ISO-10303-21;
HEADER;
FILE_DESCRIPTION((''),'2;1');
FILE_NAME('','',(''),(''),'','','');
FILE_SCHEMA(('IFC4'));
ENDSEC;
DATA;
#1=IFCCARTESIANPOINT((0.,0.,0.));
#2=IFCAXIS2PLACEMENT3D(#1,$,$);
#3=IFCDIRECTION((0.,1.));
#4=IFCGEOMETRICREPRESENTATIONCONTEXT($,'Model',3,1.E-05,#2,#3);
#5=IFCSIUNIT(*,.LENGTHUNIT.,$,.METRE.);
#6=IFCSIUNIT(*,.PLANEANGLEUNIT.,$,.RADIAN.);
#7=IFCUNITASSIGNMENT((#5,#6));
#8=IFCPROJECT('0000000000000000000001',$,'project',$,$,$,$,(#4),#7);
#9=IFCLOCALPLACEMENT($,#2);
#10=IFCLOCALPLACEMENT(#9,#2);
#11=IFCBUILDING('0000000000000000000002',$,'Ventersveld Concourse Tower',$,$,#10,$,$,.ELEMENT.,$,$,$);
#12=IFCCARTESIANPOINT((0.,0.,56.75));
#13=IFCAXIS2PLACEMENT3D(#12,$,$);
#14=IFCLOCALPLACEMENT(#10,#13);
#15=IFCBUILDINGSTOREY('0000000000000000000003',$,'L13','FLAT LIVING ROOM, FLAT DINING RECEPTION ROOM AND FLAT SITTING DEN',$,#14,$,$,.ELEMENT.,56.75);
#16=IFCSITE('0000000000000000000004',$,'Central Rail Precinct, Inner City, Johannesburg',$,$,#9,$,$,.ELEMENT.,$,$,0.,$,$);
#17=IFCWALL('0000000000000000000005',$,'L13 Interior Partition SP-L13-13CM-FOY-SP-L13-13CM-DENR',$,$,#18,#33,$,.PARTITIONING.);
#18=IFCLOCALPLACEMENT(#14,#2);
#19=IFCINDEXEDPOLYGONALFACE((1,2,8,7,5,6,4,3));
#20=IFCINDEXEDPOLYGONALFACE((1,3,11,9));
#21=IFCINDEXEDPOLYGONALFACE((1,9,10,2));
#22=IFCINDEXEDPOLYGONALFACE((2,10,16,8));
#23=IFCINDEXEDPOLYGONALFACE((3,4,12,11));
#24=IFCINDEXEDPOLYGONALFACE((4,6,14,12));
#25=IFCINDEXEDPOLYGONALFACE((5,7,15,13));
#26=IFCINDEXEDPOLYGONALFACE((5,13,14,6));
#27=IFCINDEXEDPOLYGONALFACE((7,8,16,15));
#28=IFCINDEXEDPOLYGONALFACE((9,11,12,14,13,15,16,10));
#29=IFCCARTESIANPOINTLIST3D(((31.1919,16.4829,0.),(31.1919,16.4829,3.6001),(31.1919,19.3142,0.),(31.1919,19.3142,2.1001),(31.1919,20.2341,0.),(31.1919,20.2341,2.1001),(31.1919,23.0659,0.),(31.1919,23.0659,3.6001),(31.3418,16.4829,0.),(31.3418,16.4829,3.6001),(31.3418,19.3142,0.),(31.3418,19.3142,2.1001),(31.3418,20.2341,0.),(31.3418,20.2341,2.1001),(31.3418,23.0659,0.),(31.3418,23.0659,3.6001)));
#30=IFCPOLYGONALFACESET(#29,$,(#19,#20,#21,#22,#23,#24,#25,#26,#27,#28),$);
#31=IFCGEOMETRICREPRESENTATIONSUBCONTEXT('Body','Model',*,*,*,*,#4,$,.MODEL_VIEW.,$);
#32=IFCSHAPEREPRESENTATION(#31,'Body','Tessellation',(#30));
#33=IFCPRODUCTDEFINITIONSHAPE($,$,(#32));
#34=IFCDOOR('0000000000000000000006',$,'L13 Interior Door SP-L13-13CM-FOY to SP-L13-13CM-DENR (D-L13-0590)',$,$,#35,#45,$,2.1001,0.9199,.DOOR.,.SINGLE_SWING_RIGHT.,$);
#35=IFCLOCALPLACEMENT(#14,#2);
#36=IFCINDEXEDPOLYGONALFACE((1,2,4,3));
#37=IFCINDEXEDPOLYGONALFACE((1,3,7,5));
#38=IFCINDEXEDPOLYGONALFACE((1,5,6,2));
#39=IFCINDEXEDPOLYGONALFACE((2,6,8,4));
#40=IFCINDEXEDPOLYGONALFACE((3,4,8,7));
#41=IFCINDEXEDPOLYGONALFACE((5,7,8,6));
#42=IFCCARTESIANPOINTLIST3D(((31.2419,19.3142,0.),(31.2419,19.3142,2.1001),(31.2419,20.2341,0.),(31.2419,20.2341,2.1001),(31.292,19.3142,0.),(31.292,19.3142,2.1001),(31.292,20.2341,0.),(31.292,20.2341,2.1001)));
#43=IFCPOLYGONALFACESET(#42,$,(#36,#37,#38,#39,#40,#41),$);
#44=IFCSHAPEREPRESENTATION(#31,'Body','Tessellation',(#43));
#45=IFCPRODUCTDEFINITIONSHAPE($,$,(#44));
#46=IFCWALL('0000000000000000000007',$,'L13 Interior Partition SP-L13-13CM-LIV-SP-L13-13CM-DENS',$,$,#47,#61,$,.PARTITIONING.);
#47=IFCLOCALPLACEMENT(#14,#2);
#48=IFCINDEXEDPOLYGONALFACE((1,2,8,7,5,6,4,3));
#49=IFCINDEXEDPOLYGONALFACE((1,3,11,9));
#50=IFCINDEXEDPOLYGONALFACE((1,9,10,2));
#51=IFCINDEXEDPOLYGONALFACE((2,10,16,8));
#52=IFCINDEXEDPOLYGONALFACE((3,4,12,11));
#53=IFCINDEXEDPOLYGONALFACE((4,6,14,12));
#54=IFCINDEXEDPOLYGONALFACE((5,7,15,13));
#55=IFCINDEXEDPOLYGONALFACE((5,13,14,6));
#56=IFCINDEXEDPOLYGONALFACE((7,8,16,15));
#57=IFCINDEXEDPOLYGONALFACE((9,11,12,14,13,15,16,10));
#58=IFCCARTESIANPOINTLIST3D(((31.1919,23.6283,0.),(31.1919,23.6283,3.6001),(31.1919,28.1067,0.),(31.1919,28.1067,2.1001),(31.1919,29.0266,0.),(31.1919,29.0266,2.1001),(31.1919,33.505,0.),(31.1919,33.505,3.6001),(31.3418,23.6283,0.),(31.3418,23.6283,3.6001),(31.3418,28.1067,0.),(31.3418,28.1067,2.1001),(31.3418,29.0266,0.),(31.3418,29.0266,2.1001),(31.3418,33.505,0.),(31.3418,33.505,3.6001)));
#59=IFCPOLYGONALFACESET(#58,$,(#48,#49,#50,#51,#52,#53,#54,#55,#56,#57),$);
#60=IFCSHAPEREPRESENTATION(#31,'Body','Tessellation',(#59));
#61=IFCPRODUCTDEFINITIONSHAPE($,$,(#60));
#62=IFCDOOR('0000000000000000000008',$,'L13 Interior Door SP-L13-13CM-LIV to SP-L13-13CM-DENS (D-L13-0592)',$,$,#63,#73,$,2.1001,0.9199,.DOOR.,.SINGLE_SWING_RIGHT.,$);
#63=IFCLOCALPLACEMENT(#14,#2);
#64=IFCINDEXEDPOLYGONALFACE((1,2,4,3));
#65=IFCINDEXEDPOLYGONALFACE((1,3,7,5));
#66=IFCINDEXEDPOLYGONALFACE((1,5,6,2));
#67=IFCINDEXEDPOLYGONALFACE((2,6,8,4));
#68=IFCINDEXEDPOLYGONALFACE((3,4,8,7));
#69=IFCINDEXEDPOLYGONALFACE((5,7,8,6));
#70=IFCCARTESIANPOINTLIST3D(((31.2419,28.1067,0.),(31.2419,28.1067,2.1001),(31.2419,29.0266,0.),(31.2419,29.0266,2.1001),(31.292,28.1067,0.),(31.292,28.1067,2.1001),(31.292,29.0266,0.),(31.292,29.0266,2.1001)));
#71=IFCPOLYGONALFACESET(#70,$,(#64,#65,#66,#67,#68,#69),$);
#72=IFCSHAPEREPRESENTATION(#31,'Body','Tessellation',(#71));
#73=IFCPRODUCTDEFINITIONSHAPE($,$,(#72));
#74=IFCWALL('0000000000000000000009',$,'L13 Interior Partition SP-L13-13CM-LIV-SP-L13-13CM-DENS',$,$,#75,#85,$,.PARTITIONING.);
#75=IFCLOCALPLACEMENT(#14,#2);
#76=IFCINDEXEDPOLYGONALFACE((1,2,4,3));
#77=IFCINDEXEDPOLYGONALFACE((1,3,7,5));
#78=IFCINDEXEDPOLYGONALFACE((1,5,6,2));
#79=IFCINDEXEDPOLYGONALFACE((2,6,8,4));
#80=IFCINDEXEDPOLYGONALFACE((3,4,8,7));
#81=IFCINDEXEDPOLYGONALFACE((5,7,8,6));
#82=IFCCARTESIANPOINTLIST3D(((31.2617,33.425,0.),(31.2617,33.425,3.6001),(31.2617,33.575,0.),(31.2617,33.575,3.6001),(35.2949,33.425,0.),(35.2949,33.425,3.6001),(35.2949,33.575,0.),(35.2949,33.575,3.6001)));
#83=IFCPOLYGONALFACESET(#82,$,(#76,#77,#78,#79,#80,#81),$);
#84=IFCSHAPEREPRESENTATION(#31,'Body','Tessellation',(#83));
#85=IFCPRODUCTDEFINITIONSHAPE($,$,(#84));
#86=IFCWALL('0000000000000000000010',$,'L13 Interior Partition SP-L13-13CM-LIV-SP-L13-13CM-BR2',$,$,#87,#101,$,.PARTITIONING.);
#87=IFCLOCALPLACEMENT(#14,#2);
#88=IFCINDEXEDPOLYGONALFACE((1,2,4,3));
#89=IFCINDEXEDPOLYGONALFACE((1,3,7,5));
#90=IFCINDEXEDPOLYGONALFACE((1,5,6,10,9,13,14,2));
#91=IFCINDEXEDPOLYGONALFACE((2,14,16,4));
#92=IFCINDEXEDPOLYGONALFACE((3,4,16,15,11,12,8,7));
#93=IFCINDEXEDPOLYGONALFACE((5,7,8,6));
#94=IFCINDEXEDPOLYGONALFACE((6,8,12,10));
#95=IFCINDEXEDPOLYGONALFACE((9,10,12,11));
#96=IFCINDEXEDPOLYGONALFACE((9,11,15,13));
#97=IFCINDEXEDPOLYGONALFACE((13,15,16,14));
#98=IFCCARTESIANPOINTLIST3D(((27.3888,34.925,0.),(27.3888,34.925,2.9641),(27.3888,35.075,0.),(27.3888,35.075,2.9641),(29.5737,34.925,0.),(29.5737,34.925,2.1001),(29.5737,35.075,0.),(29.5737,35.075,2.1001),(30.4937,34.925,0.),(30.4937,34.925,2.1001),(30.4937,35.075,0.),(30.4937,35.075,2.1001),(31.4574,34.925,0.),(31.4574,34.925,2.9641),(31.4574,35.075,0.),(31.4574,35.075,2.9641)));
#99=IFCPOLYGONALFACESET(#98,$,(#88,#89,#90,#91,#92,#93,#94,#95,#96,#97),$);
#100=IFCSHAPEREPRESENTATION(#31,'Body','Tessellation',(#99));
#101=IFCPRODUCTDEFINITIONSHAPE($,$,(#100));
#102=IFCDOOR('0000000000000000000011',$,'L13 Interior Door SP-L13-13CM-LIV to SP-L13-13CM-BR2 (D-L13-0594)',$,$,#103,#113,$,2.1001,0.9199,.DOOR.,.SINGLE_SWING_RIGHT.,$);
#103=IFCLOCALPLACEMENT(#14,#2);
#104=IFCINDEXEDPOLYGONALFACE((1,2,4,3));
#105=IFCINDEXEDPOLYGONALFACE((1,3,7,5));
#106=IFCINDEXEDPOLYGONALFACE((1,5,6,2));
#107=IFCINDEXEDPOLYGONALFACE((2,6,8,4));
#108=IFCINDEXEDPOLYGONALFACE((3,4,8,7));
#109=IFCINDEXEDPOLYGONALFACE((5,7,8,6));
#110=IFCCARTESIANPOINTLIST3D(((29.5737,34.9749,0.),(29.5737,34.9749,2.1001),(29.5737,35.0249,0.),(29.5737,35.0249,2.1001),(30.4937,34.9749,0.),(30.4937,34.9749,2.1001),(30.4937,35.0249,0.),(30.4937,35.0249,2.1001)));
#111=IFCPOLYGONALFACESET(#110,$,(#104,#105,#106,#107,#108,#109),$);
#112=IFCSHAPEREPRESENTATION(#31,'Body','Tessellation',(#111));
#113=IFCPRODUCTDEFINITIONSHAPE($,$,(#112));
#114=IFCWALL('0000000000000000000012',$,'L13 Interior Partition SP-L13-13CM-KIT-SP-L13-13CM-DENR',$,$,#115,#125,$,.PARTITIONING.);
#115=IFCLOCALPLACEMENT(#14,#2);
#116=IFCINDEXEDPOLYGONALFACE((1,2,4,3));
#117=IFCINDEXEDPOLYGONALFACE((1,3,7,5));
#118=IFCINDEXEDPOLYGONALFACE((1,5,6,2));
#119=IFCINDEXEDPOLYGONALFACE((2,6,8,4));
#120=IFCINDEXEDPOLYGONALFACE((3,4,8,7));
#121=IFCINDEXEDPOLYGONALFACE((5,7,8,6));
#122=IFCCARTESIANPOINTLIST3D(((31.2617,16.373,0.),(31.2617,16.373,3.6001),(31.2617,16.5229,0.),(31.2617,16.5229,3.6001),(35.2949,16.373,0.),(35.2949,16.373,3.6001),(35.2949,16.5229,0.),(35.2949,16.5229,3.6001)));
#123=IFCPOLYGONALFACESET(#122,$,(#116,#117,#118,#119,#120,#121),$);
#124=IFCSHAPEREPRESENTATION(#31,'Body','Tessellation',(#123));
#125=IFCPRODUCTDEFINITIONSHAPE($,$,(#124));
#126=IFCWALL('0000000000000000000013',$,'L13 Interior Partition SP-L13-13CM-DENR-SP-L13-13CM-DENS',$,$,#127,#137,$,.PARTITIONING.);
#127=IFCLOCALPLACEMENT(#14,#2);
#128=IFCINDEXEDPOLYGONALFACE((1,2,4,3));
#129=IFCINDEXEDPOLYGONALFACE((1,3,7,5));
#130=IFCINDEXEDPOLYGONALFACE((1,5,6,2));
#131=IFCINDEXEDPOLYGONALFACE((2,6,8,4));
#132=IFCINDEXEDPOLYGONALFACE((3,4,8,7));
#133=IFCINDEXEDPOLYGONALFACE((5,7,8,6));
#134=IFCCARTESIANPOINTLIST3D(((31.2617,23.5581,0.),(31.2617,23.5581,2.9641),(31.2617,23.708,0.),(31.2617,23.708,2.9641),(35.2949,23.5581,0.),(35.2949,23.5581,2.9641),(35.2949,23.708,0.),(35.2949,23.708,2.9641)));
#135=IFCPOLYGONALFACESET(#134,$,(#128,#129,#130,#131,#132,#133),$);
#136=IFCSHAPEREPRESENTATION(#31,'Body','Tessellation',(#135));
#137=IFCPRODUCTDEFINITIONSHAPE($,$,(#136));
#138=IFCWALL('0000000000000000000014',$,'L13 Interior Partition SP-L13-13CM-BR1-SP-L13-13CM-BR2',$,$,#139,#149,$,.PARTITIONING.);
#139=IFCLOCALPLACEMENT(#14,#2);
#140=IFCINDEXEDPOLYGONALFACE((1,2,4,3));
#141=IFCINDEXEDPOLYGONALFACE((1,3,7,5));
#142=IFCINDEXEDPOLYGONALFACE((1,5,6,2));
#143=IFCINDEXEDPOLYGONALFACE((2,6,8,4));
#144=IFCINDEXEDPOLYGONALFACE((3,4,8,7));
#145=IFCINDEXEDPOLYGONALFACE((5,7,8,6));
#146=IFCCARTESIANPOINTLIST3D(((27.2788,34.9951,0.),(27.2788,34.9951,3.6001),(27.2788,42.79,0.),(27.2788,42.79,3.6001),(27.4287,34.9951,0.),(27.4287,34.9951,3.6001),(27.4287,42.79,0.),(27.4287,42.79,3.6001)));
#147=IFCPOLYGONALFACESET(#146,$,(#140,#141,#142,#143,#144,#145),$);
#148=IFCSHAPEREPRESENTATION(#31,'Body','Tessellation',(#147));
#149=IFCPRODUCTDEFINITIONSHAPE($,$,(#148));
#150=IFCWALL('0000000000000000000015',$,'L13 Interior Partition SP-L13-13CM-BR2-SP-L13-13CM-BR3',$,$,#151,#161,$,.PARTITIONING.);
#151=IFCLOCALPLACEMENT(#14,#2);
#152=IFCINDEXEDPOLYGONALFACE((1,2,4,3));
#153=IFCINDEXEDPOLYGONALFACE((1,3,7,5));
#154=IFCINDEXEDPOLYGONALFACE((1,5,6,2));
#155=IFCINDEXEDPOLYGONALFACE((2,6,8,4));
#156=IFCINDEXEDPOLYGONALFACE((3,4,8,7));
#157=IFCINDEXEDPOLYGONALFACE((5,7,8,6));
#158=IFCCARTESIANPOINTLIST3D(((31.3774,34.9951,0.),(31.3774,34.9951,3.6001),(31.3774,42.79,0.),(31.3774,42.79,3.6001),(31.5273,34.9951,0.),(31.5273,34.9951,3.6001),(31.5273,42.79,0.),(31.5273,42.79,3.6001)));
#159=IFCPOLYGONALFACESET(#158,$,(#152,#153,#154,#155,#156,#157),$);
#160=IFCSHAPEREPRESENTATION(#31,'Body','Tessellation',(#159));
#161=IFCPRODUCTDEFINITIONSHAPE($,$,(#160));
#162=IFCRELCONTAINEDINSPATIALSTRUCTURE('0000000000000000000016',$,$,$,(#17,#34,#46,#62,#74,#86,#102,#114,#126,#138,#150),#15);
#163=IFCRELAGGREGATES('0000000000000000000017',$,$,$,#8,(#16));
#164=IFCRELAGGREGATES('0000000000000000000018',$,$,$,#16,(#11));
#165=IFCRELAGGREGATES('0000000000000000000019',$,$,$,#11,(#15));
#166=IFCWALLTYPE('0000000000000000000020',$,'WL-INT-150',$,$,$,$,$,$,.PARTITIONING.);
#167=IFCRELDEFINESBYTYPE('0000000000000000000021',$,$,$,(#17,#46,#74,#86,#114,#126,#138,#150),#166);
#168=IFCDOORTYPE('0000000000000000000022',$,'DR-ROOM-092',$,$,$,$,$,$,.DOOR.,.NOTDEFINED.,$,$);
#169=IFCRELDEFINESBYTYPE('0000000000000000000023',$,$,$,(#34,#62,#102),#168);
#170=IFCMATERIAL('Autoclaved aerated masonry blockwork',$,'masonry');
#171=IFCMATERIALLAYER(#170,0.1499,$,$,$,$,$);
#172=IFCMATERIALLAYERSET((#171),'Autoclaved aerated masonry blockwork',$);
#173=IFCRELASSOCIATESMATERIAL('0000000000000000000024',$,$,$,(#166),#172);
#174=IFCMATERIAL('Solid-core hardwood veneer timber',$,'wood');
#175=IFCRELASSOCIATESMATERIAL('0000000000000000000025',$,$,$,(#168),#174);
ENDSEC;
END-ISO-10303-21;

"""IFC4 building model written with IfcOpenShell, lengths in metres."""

from ifc_helpers import new_model, si_unit, direction, frame, frame_2d, origin, place, context, subcontext, project, spatial, rectangle, extrude, material, layer, layer_set, type_object, element, fill, save


model = new_model("IFC4")

# Units and contexts
model_context = context("Model", 3, precision=1e-05, world=origin(), true_north=direction((0.0, 1.0)))
body_context = subcontext(model_context, "Body", "Model", "MODEL_VIEW")
ifc_project = project(units=[si_unit("LENGTHUNIT", "METRE"), si_unit("PLANEANGLEUNIT", "RADIAN")], contexts=[model_context])

# Site, building, storey
site_placement = place(None, origin())
site = spatial("IfcSite", under=ifc_project, at=site_placement, Name="Central Rail Precinct, Inner City, Johannesburg", CompositionType="ELEMENT", RefElevation=0.0)
building_placement = place(site_placement, origin())
building = spatial("IfcBuilding", under=site, at=building_placement, Name="Ventersveld Concourse Tower", CompositionType="ELEMENT")
storey_placement = place(building_placement, frame((0.0, 0.0, 56.75)))
storey = spatial("IfcBuildingStorey", under=building, at=storey_placement, Name="L13", Description="FLAT LIVING ROOM, FLAT DINING RECEPTION ROOM AND FLAT SITTING DEN", CompositionType="ELEMENT", Elevation=56.75)

# Shared definitions
ifc_material_1 = material(Name="Autoclaved aerated masonry blockwork", Category="masonry")
ifc_layer_1 = layer(ifc_material_1, 0.1499)
ifc_layer_set_1 = layer_set([ifc_layer_1], Name="Autoclaved aerated masonry blockwork")
wall_type_1 = type_object("IfcWallType", Name="WL-INT-150", PredefinedType="PARTITIONING", material=ifc_layer_set_1)
ifc_material_2 = material(Name="Solid-core hardwood veneer timber", Category="wood")
door_type = type_object("IfcDoorType", Name="DR-ROOM-092", OperationType="NOTDEFINED", PredefinedType="DOOR", material=ifc_material_2)

# Walls, openings, doors
wall_1_placement = place(storey_placement, frame((31.2668, 16.4829, 0.0), z_axis=(0.0, 0.0, 1.0), x_axis=(0.0, 1.0, 0.0)))
wall_1 = element("IfcWall", 1, at=wall_1_placement, inside=storey, type_object=wall_type_1, Name="L13 Interior Partition SP-L13-13CM-FOY-SP-L13-13CM-DENR", PredefinedType="PARTITIONING", context=body_context, shape_type="SweptSolid", body=[
    extrude(rectangle(XDim=6.583, YDim=0.1499, at=frame_2d((3.2915, 0.0))), origin(), (0.0, 0.0, 1.0), 3.6001),
])
opening_1_placement = place(wall_1_placement, frame((2.8313, 0.0, 0.0)))
opening_1 = element("IfcOpeningElement", 2, at=opening_1_placement, cuts=wall_1, PredefinedType="OPENING", context=body_context, shape_type="SweptSolid", body=[
    extrude(rectangle(XDim=0.9199, YDim=2.1001, at=frame_2d((0.46, 1.05))), frame((0.0, 0.085, 0.0), z_axis=(0.0, -1.0, 0.0), x_axis=(1.0, 0.0, 0.0)), (0.0, 0.0, 1.0), 0.1699),
])
door_1_placement = place(opening_1_placement, origin())
door_1 = element("IfcDoor", 3, at=door_1_placement, inside=storey, type_object=door_type, Name="L13 Interior Door SP-L13-13CM-FOY to SP-L13-13CM-DENR (D-L13-0590)", OperationType="SINGLE_SWING_RIGHT", OverallHeight=2.1001, OverallWidth=0.9199, PredefinedType="DOOR", context=body_context, shape_type="SweptSolid", body=[
    extrude(rectangle(XDim=0.9199, YDim=2.1001, at=frame_2d((0.46, 1.05))), frame((0.0, 0.0249, 0.0), z_axis=(0.0, -1.0, 0.0), x_axis=(1.0, 0.0, 0.0)), (0.0, 0.0, 1.0), 0.05),
])
fill(opening_1, door_1)
wall_2_placement = place(storey_placement, frame((31.2668, 23.6282, 0.0), z_axis=(0.0, 0.0, 1.0), x_axis=(0.0, 1.0, 0.0)))
wall_2 = element("IfcWall", 4, at=wall_2_placement, inside=storey, type_object=wall_type_1, Name="L13 Interior Partition SP-L13-13CM-LIV-SP-L13-13CM-DENS", PredefinedType="PARTITIONING", context=body_context, shape_type="SweptSolid", body=[
    extrude(rectangle(XDim=9.8767, YDim=0.1499, at=frame_2d((4.9385, 0.0))), origin(), (0.0, 0.0, 1.0), 3.6001),
])
opening_2_placement = place(wall_2_placement, frame((4.4785, 0.0, 0.0)))
opening_2 = element("IfcOpeningElement", 5, at=opening_2_placement, cuts=wall_2, PredefinedType="OPENING", context=body_context, shape_type="SweptSolid", body=[
    extrude(rectangle(XDim=0.9199, YDim=2.1001, at=frame_2d((0.46, 1.05))), frame((0.0, 0.085, 0.0), z_axis=(0.0, -1.0, 0.0), x_axis=(1.0, 0.0, 0.0)), (0.0, 0.0, 1.0), 0.1699),
])
door_2_placement = place(opening_2_placement, origin())
door_2 = element("IfcDoor", 6, at=door_2_placement, inside=storey, type_object=door_type, Name="L13 Interior Door SP-L13-13CM-LIV to SP-L13-13CM-DENS (D-L13-0592)", OperationType="SINGLE_SWING_RIGHT", OverallHeight=2.1001, OverallWidth=0.9199, PredefinedType="DOOR", context=body_context, shape_type="SweptSolid", body=[
    extrude(rectangle(XDim=0.9199, YDim=2.1001, at=frame_2d((0.46, 1.05))), frame((0.0, 0.0249, 0.0), z_axis=(0.0, -1.0, 0.0), x_axis=(1.0, 0.0, 0.0)), (0.0, 0.0, 1.0), 0.05),
])
fill(opening_2, door_2)

# Wall
wall_3_placement = place(storey_placement, frame((31.2617, 33.5, 0.0), z_axis=(0.0, 0.0, 1.0), x_axis=(1.0, 0.0, 0.0)))
element("IfcWall", 7, at=wall_3_placement, inside=storey, type_object=wall_type_1, Name="L13 Interior Partition SP-L13-13CM-LIV-SP-L13-13CM-DENS", PredefinedType="PARTITIONING", context=body_context, shape_type="SweptSolid", body=[
    extrude(rectangle(XDim=4.0332, YDim=0.1499, at=frame_2d((2.0166, 0.0))), origin(), (0.0, 0.0, 1.0), 3.6001),
])

# Wall, opening, door
wall_4_placement = place(storey_placement, frame((27.3889, 35.0, 0.0), z_axis=(0.0, 0.0, 1.0), x_axis=(1.0, 0.0, 0.0)))
wall_4 = element("IfcWall", 8, at=wall_4_placement, inside=storey, type_object=wall_type_1, Name="L13 Interior Partition SP-L13-13CM-LIV-SP-L13-13CM-BR2", PredefinedType="PARTITIONING", context=body_context, shape_type="SweptSolid", body=[
    extrude(rectangle(XDim=4.0686, YDim=0.1499, at=frame_2d((2.0342, 0.0))), origin(), (0.0, 0.0, 1.0), 2.9641),
])
opening_3_placement = place(wall_4_placement, frame((2.1848, 0.0, 0.0)))
opening_3 = element("IfcOpeningElement", 9, at=opening_3_placement, cuts=wall_4, PredefinedType="OPENING", context=body_context, shape_type="SweptSolid", body=[
    extrude(rectangle(XDim=0.9199, YDim=2.1001, at=frame_2d((0.46, 1.05))), frame((0.0, 0.085, 0.0), z_axis=(0.0, -1.0, 0.0), x_axis=(1.0, 0.0, 0.0)), (0.0, 0.0, 1.0), 0.1699),
])
door_3_placement = place(opening_3_placement, origin())
door_3 = element("IfcDoor", 10, at=door_3_placement, inside=storey, type_object=door_type, Name="L13 Interior Door SP-L13-13CM-LIV to SP-L13-13CM-BR2 (D-L13-0594)", OperationType="SINGLE_SWING_RIGHT", OverallHeight=2.1001, OverallWidth=0.9199, PredefinedType="DOOR", context=body_context, shape_type="SweptSolid", body=[
    extrude(rectangle(XDim=0.9199, YDim=2.1001, at=frame_2d((0.46, 1.05))), frame((0.0, 0.0249, 0.0), z_axis=(0.0, -1.0, 0.0), x_axis=(1.0, 0.0, 0.0)), (0.0, 0.0, 1.0), 0.05),
])
fill(opening_3, door_3)

# Walls
wall_5_placement = place(storey_placement, frame((31.2617, 16.448, 0.0), z_axis=(0.0, 0.0, 1.0), x_axis=(1.0, 0.0, 0.0)))
element("IfcWall", 11, at=wall_5_placement, inside=storey, type_object=wall_type_1, Name="L13 Interior Partition SP-L13-13CM-KIT-SP-L13-13CM-DENR", PredefinedType="PARTITIONING", context=body_context, shape_type="SweptSolid", body=[
    extrude(rectangle(XDim=4.0332, YDim=0.1499, at=frame_2d((2.0166, 0.0))), origin(), (0.0, 0.0, 1.0), 3.6001),
])
wall_6_placement = place(storey_placement, frame((31.2617, 23.6331, 0.0), z_axis=(0.0, 0.0, 1.0), x_axis=(1.0, 0.0, 0.0)))
element("IfcWall", 12, at=wall_6_placement, inside=storey, type_object=wall_type_1, Name="L13 Interior Partition SP-L13-13CM-DENR-SP-L13-13CM-DENS", PredefinedType="PARTITIONING", context=body_context, shape_type="SweptSolid", body=[
    extrude(rectangle(XDim=4.0332, YDim=0.1499, at=frame_2d((2.0166, 0.0))), origin(), (0.0, 0.0, 1.0), 2.9641),
])
for number, where, z_axis, x_axis, name in (
    (13, (27.3538, 34.9951, 0.0), (0.0, 0.0, 1.0), (0.0, 1.0, 0.0), "L13 Interior Partition SP-L13-13CM-BR1-SP-L13-13CM-BR2"),
    (14, (31.4524, 34.9951, 0.0), (0.0, 0.0, 1.0), (0.0, 1.0, 0.0), "L13 Interior Partition SP-L13-13CM-BR2-SP-L13-13CM-BR3"),
):
    element("IfcWall", number, at=place(storey_placement, frame(where, z_axis=z_axis, x_axis=x_axis)), inside=storey, type_object=wall_type_1, Name=name, PredefinedType="PARTITIONING", context=body_context, shape_type="SweptSolid", body=[
        extrude(rectangle(XDim=7.7949, YDim=0.1499, at=frame_2d((3.8975, 0.0))), origin(), (0.0, 0.0, 1.0), 3.6001),
    ])

save(model, "model.ifc")
